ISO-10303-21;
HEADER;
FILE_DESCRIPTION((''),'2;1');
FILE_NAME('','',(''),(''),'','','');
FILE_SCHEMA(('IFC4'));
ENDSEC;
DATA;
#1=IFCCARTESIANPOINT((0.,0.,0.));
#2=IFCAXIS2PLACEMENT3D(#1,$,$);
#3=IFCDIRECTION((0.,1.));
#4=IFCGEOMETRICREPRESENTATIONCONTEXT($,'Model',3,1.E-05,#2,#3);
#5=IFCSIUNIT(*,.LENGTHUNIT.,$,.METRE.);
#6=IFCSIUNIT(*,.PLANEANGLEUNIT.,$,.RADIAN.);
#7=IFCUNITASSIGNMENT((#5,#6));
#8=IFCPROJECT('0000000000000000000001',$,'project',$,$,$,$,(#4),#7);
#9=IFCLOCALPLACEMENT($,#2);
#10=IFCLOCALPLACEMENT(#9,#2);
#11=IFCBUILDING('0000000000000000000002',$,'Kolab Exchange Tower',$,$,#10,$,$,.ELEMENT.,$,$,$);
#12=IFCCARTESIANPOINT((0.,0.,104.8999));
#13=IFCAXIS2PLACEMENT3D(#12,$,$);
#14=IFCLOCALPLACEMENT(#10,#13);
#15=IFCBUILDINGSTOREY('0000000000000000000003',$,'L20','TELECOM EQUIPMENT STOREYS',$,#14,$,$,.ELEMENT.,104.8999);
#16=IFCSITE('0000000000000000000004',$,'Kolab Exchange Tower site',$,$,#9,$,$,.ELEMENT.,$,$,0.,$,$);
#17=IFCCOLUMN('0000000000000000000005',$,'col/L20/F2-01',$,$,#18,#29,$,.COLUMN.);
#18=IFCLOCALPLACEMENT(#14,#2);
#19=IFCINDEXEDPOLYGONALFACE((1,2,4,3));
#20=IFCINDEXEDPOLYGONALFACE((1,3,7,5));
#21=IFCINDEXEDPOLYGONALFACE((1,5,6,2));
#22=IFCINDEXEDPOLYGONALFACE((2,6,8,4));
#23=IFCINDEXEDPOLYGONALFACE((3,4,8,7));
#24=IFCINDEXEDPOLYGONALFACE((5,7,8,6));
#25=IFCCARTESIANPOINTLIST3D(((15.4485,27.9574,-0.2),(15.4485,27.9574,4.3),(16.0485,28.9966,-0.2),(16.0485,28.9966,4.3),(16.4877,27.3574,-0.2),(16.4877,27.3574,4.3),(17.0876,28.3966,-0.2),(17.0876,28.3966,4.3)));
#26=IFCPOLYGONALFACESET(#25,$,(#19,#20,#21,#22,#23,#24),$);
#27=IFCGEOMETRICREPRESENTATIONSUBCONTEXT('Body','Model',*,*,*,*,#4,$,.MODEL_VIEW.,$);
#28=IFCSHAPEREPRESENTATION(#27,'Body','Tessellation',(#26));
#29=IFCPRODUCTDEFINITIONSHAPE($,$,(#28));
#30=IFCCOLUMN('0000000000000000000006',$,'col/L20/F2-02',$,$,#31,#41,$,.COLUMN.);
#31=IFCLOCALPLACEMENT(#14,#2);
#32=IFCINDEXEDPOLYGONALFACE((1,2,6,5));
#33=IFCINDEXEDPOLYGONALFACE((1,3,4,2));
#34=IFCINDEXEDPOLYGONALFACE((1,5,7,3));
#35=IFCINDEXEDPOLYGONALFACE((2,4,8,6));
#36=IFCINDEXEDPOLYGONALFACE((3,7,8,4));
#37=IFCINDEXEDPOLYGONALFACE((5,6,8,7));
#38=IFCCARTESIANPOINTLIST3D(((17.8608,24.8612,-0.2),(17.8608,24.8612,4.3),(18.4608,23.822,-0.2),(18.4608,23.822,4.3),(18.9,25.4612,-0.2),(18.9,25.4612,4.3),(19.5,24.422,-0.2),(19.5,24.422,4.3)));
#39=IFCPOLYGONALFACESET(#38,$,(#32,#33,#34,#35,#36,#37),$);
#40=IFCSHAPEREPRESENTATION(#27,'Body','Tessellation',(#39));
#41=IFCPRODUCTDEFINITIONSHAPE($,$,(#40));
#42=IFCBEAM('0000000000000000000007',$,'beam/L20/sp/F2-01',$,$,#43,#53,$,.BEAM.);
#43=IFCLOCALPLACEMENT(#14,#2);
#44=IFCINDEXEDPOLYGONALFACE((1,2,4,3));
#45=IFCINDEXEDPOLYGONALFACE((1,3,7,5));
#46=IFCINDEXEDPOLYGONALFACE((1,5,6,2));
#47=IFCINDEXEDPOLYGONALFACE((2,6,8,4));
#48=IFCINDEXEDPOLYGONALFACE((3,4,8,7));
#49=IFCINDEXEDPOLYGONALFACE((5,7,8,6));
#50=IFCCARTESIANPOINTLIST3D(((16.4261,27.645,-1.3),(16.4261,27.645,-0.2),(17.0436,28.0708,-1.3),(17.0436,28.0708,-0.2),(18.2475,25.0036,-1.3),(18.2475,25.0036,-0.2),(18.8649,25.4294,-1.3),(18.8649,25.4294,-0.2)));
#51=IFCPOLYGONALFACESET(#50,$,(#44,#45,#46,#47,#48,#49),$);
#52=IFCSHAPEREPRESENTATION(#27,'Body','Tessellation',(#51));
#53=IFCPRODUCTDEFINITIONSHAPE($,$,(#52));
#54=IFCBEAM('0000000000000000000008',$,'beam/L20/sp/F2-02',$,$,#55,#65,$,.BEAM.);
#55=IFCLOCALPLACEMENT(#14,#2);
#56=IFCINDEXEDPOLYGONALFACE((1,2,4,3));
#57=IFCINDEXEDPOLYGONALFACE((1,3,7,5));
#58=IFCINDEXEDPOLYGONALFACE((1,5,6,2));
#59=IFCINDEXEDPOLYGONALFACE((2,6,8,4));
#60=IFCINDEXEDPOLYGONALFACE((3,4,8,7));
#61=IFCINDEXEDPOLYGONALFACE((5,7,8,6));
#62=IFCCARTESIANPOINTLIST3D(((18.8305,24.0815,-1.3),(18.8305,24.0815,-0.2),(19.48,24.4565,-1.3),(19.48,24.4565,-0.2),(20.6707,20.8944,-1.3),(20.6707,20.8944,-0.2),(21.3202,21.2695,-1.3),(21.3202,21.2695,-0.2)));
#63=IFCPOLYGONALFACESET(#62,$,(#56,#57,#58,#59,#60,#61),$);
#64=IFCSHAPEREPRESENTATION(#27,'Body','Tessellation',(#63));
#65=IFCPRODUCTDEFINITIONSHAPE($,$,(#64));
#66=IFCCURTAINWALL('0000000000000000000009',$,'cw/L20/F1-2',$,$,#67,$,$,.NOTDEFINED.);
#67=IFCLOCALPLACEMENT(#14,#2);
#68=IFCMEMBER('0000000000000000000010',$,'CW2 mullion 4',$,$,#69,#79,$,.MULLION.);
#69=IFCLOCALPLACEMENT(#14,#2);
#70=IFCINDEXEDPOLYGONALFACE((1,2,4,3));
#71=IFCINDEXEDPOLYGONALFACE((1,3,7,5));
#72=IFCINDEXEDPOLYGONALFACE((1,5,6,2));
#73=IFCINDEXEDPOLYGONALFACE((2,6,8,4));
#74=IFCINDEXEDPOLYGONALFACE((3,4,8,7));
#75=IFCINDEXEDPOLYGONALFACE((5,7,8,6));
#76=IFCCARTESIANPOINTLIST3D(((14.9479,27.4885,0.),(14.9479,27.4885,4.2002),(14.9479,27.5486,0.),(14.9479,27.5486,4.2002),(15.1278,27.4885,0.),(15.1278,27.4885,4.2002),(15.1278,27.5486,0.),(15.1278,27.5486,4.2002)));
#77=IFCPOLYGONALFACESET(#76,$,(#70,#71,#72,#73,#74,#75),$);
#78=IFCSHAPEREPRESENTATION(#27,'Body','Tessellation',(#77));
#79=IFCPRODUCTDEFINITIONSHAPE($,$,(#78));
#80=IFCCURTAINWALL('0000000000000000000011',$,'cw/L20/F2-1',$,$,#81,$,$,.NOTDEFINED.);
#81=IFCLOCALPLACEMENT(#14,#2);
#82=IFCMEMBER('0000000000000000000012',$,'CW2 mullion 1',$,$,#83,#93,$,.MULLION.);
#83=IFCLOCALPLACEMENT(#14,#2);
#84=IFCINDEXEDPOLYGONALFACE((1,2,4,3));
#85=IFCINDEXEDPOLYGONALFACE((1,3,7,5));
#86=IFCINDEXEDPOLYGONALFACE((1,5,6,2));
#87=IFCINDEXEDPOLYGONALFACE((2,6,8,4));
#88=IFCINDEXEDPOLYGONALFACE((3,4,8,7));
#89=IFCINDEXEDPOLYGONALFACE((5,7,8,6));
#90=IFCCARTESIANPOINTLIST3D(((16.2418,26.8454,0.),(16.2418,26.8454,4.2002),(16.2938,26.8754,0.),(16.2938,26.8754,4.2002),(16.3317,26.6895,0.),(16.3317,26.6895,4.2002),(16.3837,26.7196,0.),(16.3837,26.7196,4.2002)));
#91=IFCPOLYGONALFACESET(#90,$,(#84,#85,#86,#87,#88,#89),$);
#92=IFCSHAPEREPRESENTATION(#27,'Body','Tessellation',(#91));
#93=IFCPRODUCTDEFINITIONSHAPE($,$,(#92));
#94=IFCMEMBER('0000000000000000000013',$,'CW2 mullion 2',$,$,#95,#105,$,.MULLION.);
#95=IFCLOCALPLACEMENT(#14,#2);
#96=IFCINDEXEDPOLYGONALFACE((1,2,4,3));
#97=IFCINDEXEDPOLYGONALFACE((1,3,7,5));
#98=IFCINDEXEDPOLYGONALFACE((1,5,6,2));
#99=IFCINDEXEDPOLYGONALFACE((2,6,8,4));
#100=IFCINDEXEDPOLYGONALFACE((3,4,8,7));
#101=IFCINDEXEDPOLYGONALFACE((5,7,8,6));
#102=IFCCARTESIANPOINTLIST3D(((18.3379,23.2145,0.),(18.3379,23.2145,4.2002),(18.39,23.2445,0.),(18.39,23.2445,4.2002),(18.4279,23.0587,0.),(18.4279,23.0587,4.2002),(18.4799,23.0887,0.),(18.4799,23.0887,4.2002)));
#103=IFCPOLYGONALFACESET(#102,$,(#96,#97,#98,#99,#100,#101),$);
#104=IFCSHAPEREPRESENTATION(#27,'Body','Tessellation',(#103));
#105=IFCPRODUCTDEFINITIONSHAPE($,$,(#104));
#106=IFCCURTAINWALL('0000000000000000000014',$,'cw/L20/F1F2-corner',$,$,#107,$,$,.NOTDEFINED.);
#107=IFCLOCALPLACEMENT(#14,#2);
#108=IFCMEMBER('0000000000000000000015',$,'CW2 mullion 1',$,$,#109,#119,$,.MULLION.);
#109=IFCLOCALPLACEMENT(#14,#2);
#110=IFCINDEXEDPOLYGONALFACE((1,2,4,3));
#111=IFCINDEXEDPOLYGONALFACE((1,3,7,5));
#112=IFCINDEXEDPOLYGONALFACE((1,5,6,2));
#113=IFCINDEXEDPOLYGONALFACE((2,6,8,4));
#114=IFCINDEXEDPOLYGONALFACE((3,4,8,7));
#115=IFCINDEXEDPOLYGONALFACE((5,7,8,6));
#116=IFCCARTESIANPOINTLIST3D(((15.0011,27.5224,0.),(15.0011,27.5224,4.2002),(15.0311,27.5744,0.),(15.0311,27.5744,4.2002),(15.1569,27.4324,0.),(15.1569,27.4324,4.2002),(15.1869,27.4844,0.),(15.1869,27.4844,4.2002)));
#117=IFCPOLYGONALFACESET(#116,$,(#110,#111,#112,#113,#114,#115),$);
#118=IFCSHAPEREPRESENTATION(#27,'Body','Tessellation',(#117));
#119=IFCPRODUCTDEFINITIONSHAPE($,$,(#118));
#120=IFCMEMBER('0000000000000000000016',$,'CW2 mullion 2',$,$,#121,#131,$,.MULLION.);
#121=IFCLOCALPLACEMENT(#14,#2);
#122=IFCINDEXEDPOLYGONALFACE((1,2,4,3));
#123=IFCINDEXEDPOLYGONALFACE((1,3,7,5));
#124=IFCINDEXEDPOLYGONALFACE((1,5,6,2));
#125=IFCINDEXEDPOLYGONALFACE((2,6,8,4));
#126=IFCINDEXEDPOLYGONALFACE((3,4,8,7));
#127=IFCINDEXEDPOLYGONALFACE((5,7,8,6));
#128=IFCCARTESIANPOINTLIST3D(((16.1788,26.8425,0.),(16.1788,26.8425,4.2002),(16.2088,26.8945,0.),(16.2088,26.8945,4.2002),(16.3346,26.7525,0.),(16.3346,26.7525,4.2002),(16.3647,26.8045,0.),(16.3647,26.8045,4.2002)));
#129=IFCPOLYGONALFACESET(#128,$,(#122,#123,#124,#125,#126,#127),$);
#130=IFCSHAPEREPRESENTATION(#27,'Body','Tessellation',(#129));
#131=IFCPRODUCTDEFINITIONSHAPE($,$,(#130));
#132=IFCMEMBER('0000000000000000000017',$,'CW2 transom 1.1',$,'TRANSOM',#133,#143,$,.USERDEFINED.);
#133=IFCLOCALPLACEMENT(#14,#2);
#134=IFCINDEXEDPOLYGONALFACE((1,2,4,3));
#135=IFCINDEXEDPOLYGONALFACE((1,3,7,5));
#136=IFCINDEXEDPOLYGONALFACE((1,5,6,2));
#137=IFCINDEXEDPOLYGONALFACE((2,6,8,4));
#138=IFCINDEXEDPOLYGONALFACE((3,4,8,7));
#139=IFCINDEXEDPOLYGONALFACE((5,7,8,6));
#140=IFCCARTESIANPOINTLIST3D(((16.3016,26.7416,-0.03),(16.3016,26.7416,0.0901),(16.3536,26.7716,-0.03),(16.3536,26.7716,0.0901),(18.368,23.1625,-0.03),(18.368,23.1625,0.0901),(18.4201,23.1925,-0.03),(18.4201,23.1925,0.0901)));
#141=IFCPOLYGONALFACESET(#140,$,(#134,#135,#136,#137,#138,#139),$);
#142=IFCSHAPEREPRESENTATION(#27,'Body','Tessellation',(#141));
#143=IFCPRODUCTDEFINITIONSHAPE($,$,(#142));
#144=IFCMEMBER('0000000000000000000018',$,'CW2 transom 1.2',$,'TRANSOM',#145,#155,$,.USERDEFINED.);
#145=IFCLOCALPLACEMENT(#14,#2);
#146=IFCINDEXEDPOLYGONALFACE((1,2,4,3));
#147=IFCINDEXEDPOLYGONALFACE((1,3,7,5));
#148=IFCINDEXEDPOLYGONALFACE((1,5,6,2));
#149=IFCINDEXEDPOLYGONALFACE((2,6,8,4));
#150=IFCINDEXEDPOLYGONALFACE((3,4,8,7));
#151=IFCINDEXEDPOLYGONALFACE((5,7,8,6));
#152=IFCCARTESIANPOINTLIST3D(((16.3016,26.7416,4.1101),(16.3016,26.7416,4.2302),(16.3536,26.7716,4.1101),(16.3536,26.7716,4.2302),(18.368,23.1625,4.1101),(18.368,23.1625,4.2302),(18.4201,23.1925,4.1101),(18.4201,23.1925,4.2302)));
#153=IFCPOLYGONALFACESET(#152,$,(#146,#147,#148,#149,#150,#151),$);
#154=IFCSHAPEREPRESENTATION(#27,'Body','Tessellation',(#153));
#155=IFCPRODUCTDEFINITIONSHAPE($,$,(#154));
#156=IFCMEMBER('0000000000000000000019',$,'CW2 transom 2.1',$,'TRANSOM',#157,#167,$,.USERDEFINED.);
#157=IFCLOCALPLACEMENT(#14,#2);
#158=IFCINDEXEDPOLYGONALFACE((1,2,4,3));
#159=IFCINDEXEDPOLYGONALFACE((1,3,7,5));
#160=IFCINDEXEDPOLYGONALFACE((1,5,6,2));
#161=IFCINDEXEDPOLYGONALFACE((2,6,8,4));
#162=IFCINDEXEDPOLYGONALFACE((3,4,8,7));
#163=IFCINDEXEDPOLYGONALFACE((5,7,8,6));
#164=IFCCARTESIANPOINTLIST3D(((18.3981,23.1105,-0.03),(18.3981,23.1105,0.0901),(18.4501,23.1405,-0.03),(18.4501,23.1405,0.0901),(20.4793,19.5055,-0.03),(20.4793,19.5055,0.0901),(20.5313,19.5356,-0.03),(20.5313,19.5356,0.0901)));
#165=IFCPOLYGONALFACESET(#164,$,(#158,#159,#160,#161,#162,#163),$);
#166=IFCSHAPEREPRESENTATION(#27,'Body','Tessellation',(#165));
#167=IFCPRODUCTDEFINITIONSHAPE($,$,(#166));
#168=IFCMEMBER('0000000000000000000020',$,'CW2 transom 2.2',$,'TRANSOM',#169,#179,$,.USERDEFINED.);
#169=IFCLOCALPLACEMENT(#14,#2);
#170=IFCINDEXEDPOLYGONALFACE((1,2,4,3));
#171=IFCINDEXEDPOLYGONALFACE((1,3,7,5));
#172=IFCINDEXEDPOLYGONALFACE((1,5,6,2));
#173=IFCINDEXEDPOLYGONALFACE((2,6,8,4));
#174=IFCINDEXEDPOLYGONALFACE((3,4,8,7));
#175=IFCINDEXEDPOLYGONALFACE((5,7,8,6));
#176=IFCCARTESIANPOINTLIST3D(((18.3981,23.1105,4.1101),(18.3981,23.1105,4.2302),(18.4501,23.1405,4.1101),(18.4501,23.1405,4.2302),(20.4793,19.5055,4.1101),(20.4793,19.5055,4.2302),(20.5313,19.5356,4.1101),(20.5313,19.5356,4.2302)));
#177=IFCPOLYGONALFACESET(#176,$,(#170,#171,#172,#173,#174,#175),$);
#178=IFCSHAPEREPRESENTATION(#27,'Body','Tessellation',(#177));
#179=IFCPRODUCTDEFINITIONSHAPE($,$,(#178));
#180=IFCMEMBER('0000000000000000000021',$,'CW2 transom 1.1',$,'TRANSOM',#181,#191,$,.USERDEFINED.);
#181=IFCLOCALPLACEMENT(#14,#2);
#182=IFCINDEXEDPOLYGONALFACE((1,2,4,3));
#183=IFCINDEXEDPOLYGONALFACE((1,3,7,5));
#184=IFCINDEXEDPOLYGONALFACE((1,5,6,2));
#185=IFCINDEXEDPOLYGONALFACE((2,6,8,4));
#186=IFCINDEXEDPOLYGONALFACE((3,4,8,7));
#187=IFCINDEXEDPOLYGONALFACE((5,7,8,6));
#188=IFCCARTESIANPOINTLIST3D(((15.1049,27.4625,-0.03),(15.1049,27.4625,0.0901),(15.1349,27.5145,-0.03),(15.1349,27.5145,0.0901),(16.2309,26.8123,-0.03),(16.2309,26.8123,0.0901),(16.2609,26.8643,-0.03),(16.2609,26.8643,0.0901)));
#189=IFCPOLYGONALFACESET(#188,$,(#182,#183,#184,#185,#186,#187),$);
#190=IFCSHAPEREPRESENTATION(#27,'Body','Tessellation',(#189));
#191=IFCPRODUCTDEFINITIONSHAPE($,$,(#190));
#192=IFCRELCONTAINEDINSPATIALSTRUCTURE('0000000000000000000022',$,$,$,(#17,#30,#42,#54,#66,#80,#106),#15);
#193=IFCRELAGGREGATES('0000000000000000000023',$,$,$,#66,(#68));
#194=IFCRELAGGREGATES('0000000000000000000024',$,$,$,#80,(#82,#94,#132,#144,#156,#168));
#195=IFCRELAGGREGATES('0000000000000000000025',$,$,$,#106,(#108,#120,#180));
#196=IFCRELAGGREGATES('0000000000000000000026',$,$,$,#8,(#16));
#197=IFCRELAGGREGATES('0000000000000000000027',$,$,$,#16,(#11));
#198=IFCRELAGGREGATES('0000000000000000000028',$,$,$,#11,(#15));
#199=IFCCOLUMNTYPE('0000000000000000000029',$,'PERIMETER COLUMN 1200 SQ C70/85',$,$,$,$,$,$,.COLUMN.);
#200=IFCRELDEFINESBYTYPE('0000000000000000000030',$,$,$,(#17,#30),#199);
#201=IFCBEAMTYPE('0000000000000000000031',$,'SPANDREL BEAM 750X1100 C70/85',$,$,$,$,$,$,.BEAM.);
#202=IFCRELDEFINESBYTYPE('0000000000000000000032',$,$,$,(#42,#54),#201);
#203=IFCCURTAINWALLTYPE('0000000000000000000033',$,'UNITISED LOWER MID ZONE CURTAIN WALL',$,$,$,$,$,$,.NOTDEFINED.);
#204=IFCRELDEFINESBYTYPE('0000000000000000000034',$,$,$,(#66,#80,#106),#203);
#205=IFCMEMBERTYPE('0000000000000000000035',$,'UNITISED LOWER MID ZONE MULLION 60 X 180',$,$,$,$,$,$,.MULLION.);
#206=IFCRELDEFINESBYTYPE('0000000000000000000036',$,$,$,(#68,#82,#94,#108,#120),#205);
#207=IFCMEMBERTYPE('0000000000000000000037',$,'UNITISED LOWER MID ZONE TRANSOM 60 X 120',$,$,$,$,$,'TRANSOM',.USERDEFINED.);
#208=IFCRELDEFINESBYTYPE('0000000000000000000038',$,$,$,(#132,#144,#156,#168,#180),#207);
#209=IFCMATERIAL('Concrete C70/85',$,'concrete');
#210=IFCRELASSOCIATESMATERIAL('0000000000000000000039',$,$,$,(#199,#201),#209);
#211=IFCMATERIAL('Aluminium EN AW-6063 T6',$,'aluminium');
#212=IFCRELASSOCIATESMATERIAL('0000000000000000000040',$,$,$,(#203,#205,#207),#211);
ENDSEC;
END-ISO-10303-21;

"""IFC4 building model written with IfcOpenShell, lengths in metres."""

from ifc_helpers import new_model, si_unit, direction, frame, origin, origin_2d, place, context, subcontext, project, spatial, rectangle, extrude, material, material_profile, profile_set, type_object, element, aggregate, save


model = new_model("IFC4")

# Units and contexts
model_context = context("Model", 3, precision=1e-05, world=origin(), true_north=direction((0.0, 1.0)))
body_context = subcontext(model_context, "Body", "Model", "MODEL_VIEW")
ifc_project = project(units=[si_unit("LENGTHUNIT", "METRE"), si_unit("PLANEANGLEUNIT", "RADIAN")], contexts=[model_context])

# Site, building, storey
site_placement = place(None, origin())
site = spatial("IfcSite", under=ifc_project, at=site_placement, Name="Kolab Exchange Tower site", CompositionType="ELEMENT", RefElevation=0.0)
building_placement = place(site_placement, origin())
building = spatial("IfcBuilding", under=site, at=building_placement, Name="Kolab Exchange Tower", CompositionType="ELEMENT")
storey_placement = place(building_placement, frame((0.0, 0.0, 104.8999)))
storey = spatial("IfcBuildingStorey", under=building, at=storey_placement, Name="L20", Description="TELECOM EQUIPMENT STOREYS", CompositionType="ELEMENT", Elevation=104.8999)

# Columns
ifc_material_1 = material(Name="Concrete C70/85", Category="concrete")
ifc_material_profile_1 = material_profile(ifc_material_1, rectangle(XDim=1.2, YDim=1.2, at=origin_2d()), Name="RC1200")
ifc_profile_set_1 = profile_set([ifc_material_profile_1], Name="Concrete C70/85")
column_type = type_object("IfcColumnType", Name="PERIMETER COLUMN 1200 SQ C70/85", PredefinedType="COLUMN", material=ifc_profile_set_1)
for number, where, z_axis, x_axis, name in (
    (1, (16.2681, 28.177, -0.2), (0.0, 0.0, 1.0), (0.5, 0.866025, 0.0), "col/L20/F2-01"),
    (2, (18.6804, 24.6416, -0.2), (0.0, 0.0, 1.0), (0.866025, 0.5, 0.0), "col/L20/F2-02"),
):
    element("IfcColumn", number, at=place(storey_placement, frame(where, z_axis=z_axis, x_axis=x_axis)), inside=storey, type_object=column_type, Name=name, PredefinedType="COLUMN", context=body_context, shape_type="SweptSolid", body=[
        extrude(rectangle(XDim=1.2, YDim=1.2, at=origin_2d()), origin(), (0.0, 0.0, 1.0), 4.5),
    ])

# Beams
ifc_material_profile_2 = material_profile(ifc_material_1, rectangle(XDim=0.75, YDim=1.1001, at=origin_2d()), Name="RC750X1100")
ifc_profile_set_2 = profile_set([ifc_material_profile_2], Name="Concrete C70/85")
beam_type = type_object("IfcBeamType", Name="SPANDREL BEAM 750X1100 C70/85", PredefinedType="BEAM", material=ifc_profile_set_2)
beam_1_placement = place(storey_placement, frame((16.7349, 27.8579, -0.75), z_axis=(0.567662, -0.823262, 0.0), x_axis=(0.823262, 0.567662, 0.0)))
element("IfcBeam", 3, at=beam_1_placement, inside=storey, type_object=beam_type, Name="beam/L20/sp/F2-01", PredefinedType="BEAM", context=body_context, shape_type="SweptSolid", body=[
    extrude(rectangle(XDim=0.75, YDim=1.1001, at=origin_2d()), origin(), (0.0, 0.0, 1.0), 3.2085),
])
beam_2_placement = place(storey_placement, frame((19.1553, 24.269, -0.75), z_axis=(0.500013, -0.866018, 0.0), x_axis=(0.866018, 0.500013, 0.0)))
element("IfcBeam", 4, at=beam_2_placement, inside=storey, type_object=beam_type, Name="beam/L20/sp/F2-02", PredefinedType="BEAM", context=body_context, shape_type="SweptSolid", body=[
    extrude(rectangle(XDim=0.75, YDim=1.1001, at=origin_2d()), origin(), (0.0, 0.0, 1.0), 3.6802),
])

# Curtain wall, member
ifc_material_2 = material(Name="Aluminium EN AW-6063 T6", Category="aluminium")
curtain_wall_type = type_object("IfcCurtainWallType", Name="UNITISED LOWER MID ZONE CURTAIN WALL", PredefinedType="NOTDEFINED", material=ifc_material_2)
curtain_wall_1_placement = place(storey_placement, origin())
curtain_wall_1 = element("IfcCurtainWall", 5, at=curtain_wall_1_placement, inside=storey, type_object=curtain_wall_type, Name="cw/L20/F1-2", PredefinedType="NOTDEFINED")
ifc_material_profile_3 = material_profile(ifc_material_2, rectangle(XDim=0.0601, YDim=0.1799, at=origin_2d()), Name="RECT 60X180")
ifc_profile_set_3 = profile_set([ifc_material_profile_3], Name="Aluminium EN AW-6063 T6")
member_type_1 = type_object("IfcMemberType", Name="UNITISED LOWER MID ZONE MULLION 60 X 180", PredefinedType="MULLION", material=ifc_profile_set_3)
member_1_placement = place(storey_placement, frame((15.0378, 27.5186, 0.0), z_axis=(0.0, 0.0, 1.0), x_axis=(0.0, 1.0, 0.0)))
member_1 = element("IfcMember", 6, at=member_1_placement, type_object=member_type_1, Name="CW2 mullion 4", PredefinedType="MULLION", context=body_context, shape_type="SweptSolid", body=[
    extrude(rectangle(XDim=0.0601, YDim=0.1799, at=origin_2d()), origin(), (0.0, 0.0, 1.0), 4.2002),
])
aggregate(curtain_wall_1, [member_1])

# Curtain walls, members
curtain_wall_2_placement = place(storey_placement, origin())
curtain_wall_2 = element("IfcCurtainWall", 7, at=curtain_wall_2_placement, inside=storey, type_object=curtain_wall_type, Name="cw/L20/F2-1", PredefinedType="NOTDEFINED")
member_2_placement = place(storey_placement, frame((16.3127, 26.7825, 0.0), z_axis=(0.0, 0.0, 1.0), x_axis=(0.866025, 0.5, 0.0)))
member_2 = element("IfcMember", 8, at=member_2_placement, type_object=member_type_1, Name="CW2 mullion 1", PredefinedType="MULLION", context=body_context, shape_type="SweptSolid", body=[
    extrude(rectangle(XDim=0.0601, YDim=0.1799, at=origin_2d()), origin(), (0.0, 0.0, 1.0), 4.2002),
])
member_3_placement = place(storey_placement, frame((18.4089, 23.1516, 0.0), z_axis=(0.0, 0.0, 1.0), x_axis=(0.866025, 0.5, 0.0)))
member_3 = element("IfcMember", 9, at=member_3_placement, type_object=member_type_1, Name="CW2 mullion 2", PredefinedType="MULLION", context=body_context, shape_type="SweptSolid", body=[
    extrude(rectangle(XDim=0.0601, YDim=0.1799, at=origin_2d()), origin(), (0.0, 0.0, 1.0), 4.2002),
])
curtain_wall_3_placement = place(storey_placement, origin())
curtain_wall_3 = element("IfcCurtainWall", 10, at=curtain_wall_3_placement, inside=storey, type_object=curtain_wall_type, Name="cw/L20/F1F2-corner", PredefinedType="NOTDEFINED")
member_4_placement = place(storey_placement, frame((15.094, 27.5034, 0.0), z_axis=(0.0, 0.0, 1.0), x_axis=(0.5, 0.866025, 0.0)))
member_4 = element("IfcMember", 11, at=member_4_placement, type_object=member_type_1, Name="CW2 mullion 1", PredefinedType="MULLION", context=body_context, shape_type="SweptSolid", body=[
    extrude(rectangle(XDim=0.0601, YDim=0.1799, at=origin_2d()), origin(), (0.0, 0.0, 1.0), 4.2002),
])
member_5_placement = place(storey_placement, frame((16.2717, 26.8235, 0.0), z_axis=(0.0, 0.0, 1.0), x_axis=(0.5, 0.866025, 0.0)))
member_5 = element("IfcMember", 12, at=member_5_placement, type_object=member_type_1, Name="CW2 mullion 2", PredefinedType="MULLION", context=body_context, shape_type="SweptSolid", body=[
    extrude(rectangle(XDim=0.0601, YDim=0.1799, at=origin_2d()), origin(), (0.0, 0.0, 1.0), 4.2002),
])

# Members
ifc_material_profile_4 = material_profile(ifc_material_2, rectangle(XDim=0.0601, YDim=0.1201, at=origin_2d()), Name="RECT 60X120")
ifc_profile_set_4 = profile_set([ifc_material_profile_4], Name="Aluminium EN AW-6063 T6")
member_type_2 = type_object("IfcMemberType", Name="UNITISED LOWER MID ZONE TRANSOM 60 X 120", ElementType="TRANSOM", PredefinedType="USERDEFINED", material=ifc_profile_set_4)
member_6_placement = place(storey_placement, frame((16.3276, 26.7566, 0.03), z_axis=(0.500002, -0.866024, 0.0), x_axis=(0.866024, 0.500002, 0.0)))
member_6 = element("IfcMember", 13, at=member_6_placement, type_object=member_type_2, Name="CW2 transom 1.1", ObjectType="TRANSOM", PredefinedType="USERDEFINED", context=body_context, shape_type="SweptSolid", body=[
    extrude(rectangle(XDim=0.0601, YDim=0.1201, at=origin_2d()), origin(), (0.0, 0.0, 1.0), 4.1328),
])
member_7_placement = place(storey_placement, frame((16.3276, 26.7566, 4.1702), z_axis=(0.500002, -0.866024, 0.0), x_axis=(0.866024, 0.500002, 0.0)))
member_7 = element("IfcMember", 14, at=member_7_placement, type_object=member_type_2, Name="CW2 transom 1.2", ObjectType="TRANSOM", PredefinedType="USERDEFINED", context=body_context, shape_type="SweptSolid", body=[
    extrude(rectangle(XDim=0.0601, YDim=0.1201, at=origin_2d()), origin(), (0.0, 0.0, 1.0), 4.1328),
])
member_8_placement = place(storey_placement, frame((18.4241, 23.1255, 0.03), z_axis=(0.499993, -0.866029, 0.0), x_axis=(0.866029, 0.499993, 0.0)))
member_8 = element("IfcMember", 15, at=member_8_placement, type_object=member_type_2, Name="CW2 transom 2.1", ObjectType="TRANSOM", PredefinedType="USERDEFINED", context=body_context, shape_type="SweptSolid", body=[
    extrude(rectangle(XDim=0.0601, YDim=0.1201, at=origin_2d()), origin(), (0.0, 0.0, 1.0), 4.1626),
])
member_9_placement = place(storey_placement, frame((18.4241, 23.1255, 4.1702), z_axis=(0.499993, -0.866029, 0.0), x_axis=(0.866029, 0.499993, 0.0)))
member_9 = element("IfcMember", 16, at=member_9_placement, type_object=member_type_2, Name="CW2 transom 2.2", ObjectType="TRANSOM", PredefinedType="USERDEFINED", context=body_context, shape_type="SweptSolid", body=[
    extrude(rectangle(XDim=0.0601, YDim=0.1201, at=origin_2d()), origin(), (0.0, 0.0, 1.0), 4.1626),
])
member_10_placement = place(storey_placement, frame((15.1199, 27.4885, 0.03), z_axis=(0.866004, -0.500037, 0.0), x_axis=(0.500037, 0.866004, 0.0)))
member_10 = element("IfcMember", 17, at=member_10_placement, type_object=member_type_2, Name="CW2 transom 1.1", ObjectType="TRANSOM", PredefinedType="USERDEFINED", context=body_context, shape_type="SweptSolid", body=[
    extrude(rectangle(XDim=0.0601, YDim=0.1201, at=origin_2d()), origin(), (0.0, 0.0, 1.0), 1.3003),
])

aggregate(curtain_wall_2, [member_2, member_3, member_6, member_7, member_8, member_9])
aggregate(curtain_wall_3, [member_4, member_5, member_10])

save(model, "model.ifc")
